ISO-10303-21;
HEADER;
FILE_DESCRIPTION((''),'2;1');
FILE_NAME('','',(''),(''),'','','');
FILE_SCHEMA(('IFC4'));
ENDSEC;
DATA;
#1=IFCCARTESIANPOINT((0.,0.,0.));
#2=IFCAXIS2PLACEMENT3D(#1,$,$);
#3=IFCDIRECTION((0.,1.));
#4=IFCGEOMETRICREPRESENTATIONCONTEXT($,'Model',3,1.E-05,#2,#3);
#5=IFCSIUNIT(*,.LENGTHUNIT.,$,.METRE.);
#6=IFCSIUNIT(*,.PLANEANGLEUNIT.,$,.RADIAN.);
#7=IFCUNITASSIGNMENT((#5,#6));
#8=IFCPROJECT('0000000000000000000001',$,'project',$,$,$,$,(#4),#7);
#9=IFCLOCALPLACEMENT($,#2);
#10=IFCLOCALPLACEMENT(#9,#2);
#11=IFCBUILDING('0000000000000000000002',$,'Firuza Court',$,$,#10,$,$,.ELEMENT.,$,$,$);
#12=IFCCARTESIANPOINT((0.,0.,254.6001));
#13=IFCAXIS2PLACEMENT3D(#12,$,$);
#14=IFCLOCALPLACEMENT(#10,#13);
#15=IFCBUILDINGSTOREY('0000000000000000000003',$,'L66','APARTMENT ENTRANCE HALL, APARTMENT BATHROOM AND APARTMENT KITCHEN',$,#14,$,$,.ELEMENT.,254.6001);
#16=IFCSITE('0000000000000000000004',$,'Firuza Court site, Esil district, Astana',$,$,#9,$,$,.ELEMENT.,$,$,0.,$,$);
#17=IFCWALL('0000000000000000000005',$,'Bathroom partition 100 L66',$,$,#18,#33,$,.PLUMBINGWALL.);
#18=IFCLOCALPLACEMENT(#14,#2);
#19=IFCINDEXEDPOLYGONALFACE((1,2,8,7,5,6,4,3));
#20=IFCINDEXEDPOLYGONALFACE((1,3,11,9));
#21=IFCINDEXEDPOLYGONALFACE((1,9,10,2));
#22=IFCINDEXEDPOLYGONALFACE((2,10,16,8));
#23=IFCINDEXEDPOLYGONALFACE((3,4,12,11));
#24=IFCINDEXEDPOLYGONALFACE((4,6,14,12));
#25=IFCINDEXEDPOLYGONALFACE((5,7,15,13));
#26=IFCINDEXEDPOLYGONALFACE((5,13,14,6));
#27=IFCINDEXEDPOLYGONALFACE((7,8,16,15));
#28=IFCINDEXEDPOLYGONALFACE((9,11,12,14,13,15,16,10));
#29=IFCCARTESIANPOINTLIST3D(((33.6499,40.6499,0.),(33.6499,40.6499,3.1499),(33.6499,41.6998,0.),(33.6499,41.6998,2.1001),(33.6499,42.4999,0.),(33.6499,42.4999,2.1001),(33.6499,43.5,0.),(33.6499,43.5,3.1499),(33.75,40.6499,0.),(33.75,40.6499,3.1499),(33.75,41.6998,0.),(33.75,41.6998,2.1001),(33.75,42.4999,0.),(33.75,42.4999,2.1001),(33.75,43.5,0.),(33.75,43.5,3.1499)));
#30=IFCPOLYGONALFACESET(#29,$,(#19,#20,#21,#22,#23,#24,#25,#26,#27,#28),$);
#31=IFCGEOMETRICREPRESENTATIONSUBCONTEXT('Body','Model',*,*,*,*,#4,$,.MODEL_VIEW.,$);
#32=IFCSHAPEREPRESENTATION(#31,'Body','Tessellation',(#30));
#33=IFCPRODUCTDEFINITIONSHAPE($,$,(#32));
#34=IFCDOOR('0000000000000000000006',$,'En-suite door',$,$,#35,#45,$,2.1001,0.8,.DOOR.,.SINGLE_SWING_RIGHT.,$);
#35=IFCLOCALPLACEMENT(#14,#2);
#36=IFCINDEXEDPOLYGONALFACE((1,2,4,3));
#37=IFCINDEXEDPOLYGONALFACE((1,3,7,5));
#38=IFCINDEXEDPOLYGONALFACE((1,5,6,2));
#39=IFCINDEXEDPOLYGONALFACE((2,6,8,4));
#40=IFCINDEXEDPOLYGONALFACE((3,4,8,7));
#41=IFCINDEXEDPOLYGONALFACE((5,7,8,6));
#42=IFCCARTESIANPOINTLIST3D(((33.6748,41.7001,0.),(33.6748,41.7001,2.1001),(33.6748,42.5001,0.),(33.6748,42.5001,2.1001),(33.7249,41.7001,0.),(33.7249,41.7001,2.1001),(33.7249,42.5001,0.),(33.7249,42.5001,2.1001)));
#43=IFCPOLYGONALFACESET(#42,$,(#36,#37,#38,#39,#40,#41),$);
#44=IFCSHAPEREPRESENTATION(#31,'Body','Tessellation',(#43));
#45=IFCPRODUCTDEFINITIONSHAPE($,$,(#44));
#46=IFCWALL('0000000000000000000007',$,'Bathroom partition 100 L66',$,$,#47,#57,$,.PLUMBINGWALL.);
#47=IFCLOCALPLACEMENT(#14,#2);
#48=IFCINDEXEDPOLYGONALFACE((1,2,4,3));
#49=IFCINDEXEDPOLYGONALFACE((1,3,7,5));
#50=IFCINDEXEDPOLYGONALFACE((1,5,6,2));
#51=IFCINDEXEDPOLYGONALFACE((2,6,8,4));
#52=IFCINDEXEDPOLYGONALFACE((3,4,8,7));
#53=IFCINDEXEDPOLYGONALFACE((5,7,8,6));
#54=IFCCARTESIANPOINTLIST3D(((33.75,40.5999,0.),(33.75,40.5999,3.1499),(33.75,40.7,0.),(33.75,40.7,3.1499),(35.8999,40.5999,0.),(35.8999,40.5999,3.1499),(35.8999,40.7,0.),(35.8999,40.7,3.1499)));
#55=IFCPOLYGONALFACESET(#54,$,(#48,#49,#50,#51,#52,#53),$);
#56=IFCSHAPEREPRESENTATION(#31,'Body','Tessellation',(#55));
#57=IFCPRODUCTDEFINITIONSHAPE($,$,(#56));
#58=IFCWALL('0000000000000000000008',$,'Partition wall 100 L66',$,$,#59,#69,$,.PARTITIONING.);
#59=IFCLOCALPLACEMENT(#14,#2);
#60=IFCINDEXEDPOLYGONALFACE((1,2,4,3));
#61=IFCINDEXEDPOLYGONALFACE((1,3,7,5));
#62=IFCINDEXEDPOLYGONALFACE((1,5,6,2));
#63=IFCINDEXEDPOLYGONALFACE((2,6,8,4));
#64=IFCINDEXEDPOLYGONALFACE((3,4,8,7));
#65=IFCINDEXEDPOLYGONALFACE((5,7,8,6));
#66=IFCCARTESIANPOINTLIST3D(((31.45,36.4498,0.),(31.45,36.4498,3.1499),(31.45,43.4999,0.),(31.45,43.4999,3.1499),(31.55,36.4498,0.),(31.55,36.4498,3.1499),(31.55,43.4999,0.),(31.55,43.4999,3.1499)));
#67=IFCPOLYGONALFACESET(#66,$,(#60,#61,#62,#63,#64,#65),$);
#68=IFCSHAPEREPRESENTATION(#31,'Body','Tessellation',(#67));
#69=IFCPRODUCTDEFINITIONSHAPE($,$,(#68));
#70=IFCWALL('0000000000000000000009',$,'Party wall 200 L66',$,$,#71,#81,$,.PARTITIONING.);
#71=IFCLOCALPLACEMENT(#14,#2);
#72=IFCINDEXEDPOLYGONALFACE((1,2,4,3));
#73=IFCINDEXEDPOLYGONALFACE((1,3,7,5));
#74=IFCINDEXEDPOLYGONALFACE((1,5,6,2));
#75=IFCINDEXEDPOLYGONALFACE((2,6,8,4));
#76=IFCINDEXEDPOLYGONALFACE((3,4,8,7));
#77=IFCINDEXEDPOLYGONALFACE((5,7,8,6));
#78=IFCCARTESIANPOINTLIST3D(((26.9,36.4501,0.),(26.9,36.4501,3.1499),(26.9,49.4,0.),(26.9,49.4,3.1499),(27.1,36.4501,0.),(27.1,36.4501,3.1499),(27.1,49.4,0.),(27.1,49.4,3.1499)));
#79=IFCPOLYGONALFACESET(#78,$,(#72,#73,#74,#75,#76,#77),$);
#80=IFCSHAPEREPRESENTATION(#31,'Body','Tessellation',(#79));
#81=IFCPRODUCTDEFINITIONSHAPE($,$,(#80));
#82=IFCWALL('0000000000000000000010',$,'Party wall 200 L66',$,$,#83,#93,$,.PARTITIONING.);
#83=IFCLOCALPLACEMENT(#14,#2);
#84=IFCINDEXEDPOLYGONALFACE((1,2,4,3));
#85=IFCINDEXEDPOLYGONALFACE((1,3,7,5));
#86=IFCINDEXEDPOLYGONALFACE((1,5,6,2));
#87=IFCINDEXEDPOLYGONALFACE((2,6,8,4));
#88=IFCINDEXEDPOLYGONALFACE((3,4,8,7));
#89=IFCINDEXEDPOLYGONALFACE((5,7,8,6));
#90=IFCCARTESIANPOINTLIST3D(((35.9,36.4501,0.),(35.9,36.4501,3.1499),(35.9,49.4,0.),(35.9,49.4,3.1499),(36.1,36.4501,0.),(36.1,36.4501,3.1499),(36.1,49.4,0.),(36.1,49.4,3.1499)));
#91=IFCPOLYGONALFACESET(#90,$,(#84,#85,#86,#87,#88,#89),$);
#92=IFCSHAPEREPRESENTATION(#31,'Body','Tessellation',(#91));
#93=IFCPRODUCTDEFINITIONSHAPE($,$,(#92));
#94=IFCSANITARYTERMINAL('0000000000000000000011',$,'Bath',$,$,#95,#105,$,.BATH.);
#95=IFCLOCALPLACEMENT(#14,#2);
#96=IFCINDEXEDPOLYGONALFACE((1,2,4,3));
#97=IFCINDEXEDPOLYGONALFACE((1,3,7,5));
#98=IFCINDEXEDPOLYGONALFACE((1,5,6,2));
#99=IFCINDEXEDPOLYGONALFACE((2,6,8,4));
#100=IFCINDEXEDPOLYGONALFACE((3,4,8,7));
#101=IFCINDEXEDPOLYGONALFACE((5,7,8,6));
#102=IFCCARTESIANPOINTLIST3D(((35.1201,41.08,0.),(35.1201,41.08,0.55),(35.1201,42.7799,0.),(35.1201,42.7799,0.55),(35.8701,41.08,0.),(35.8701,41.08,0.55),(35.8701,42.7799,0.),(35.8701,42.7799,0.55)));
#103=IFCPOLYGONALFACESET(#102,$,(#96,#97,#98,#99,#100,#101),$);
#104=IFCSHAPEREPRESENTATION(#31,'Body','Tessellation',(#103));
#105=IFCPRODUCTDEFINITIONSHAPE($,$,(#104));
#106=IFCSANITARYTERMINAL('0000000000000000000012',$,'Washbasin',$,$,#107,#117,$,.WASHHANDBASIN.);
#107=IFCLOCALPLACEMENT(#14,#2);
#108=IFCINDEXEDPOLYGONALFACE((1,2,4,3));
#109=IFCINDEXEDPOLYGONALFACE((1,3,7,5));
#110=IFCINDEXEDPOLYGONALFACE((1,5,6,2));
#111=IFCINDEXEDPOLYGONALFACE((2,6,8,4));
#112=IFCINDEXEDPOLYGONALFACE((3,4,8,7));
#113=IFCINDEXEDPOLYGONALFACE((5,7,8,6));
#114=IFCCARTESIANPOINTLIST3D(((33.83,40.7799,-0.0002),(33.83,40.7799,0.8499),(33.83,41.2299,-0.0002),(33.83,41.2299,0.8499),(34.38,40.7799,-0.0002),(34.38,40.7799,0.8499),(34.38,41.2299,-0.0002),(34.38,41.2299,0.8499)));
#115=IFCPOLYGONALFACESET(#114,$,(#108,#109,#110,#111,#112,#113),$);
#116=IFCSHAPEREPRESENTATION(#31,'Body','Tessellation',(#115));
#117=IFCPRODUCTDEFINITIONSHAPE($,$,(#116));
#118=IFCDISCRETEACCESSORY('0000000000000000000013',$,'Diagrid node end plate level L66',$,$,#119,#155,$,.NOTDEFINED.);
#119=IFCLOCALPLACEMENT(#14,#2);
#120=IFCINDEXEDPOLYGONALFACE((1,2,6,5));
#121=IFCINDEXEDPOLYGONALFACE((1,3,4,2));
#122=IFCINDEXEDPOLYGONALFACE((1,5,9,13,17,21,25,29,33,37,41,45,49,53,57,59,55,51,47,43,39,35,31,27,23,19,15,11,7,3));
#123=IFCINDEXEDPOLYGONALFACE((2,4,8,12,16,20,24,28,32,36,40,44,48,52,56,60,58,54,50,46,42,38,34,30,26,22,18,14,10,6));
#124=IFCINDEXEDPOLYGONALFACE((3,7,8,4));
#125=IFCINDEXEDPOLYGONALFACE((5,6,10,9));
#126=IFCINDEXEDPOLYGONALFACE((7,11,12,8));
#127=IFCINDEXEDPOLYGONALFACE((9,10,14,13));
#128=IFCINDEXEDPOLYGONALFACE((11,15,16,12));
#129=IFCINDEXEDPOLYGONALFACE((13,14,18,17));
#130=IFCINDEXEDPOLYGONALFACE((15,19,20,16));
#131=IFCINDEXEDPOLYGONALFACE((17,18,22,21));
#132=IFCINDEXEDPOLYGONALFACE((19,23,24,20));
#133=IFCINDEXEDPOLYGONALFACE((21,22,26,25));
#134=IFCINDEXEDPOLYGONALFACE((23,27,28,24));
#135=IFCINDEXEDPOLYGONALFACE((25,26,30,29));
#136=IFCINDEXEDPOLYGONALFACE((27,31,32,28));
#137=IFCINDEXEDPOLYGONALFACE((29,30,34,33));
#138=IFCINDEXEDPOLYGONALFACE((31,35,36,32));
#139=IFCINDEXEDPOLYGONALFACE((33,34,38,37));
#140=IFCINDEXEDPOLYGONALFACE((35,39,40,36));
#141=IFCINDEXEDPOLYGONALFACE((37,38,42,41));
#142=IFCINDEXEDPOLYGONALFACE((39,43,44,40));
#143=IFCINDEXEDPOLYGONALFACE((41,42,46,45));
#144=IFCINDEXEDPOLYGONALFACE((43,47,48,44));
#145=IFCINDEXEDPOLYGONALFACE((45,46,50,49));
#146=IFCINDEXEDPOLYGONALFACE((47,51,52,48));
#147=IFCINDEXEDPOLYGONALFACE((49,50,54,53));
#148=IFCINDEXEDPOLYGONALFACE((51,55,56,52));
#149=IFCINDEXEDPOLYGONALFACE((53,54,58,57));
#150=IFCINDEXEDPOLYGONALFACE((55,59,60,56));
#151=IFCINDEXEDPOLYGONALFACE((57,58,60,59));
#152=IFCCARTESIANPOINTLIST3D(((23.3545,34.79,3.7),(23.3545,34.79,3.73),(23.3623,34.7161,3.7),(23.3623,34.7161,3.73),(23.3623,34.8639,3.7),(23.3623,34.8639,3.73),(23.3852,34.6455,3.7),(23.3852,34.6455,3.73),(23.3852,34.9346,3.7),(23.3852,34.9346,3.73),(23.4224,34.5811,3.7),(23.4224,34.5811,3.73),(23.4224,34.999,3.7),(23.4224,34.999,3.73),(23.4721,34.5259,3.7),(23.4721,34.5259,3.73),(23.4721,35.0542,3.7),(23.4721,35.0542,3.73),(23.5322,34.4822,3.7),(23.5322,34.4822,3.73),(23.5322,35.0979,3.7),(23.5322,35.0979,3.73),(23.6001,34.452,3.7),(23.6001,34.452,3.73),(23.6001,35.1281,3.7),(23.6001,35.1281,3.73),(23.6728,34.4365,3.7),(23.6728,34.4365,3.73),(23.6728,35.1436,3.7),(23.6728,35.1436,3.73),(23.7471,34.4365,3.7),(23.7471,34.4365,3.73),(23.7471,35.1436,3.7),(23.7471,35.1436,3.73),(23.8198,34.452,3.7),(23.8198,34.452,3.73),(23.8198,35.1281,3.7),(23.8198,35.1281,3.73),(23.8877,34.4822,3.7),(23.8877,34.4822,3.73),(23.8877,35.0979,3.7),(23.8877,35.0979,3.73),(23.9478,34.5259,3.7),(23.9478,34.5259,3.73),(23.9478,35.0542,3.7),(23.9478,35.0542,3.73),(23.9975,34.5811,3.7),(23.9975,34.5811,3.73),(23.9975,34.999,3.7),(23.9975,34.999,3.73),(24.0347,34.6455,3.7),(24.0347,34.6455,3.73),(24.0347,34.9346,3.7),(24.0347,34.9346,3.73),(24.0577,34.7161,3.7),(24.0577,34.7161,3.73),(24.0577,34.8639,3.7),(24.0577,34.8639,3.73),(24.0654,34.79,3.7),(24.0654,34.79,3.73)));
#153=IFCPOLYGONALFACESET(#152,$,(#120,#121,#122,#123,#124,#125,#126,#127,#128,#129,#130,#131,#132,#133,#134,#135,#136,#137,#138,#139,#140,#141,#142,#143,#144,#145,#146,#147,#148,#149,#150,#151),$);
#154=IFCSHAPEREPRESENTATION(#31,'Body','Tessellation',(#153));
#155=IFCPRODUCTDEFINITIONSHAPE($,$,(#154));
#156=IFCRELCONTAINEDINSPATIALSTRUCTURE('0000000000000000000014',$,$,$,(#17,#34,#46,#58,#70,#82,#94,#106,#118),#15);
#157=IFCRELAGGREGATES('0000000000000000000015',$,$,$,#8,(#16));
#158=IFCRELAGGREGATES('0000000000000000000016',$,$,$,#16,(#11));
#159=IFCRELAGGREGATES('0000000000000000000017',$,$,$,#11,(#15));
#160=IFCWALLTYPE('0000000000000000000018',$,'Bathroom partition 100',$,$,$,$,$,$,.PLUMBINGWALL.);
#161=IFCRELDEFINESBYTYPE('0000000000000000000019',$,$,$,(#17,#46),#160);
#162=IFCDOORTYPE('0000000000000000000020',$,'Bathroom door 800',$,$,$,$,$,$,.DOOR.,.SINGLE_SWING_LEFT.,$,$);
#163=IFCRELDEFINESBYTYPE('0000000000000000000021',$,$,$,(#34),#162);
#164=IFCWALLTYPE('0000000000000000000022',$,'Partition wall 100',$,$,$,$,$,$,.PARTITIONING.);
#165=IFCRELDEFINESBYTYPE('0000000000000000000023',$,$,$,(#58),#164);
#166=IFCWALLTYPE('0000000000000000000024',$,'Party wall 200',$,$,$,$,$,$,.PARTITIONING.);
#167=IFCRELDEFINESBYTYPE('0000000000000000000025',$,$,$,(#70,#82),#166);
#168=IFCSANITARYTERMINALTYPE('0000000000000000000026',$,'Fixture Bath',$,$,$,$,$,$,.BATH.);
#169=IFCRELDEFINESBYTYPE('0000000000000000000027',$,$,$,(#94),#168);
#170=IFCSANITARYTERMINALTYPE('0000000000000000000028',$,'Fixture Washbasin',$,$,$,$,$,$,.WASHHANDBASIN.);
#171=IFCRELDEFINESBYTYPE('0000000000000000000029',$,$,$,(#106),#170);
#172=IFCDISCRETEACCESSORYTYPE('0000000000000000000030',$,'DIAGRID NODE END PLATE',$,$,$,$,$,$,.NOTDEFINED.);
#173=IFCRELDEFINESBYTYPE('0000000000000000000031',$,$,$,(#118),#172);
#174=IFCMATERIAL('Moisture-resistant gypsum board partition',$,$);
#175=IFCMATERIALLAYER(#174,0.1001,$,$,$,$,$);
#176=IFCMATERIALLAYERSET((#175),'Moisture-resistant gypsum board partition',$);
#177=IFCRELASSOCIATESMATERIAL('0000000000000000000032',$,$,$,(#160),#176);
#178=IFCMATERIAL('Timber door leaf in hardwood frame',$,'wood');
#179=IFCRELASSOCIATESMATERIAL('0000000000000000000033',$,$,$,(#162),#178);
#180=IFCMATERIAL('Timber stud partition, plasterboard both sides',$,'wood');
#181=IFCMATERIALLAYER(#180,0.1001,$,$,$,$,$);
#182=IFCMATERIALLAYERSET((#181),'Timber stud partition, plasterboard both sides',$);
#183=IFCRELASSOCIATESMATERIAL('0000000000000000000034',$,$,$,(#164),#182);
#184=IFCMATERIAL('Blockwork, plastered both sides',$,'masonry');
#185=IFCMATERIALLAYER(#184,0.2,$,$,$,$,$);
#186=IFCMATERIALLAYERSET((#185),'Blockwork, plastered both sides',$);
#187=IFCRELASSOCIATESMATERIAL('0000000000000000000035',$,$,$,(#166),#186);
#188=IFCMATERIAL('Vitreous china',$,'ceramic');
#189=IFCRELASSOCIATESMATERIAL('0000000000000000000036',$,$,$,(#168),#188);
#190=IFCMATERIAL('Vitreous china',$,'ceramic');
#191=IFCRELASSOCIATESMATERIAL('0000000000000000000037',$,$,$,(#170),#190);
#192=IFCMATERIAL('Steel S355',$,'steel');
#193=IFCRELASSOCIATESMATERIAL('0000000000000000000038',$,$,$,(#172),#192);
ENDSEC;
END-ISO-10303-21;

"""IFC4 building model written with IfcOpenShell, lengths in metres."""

from ifc_helpers import new_model, si_unit, direction, frame, frame_2d, origin, origin_2d, place, context, subcontext, project, spatial, rectangle, circle, extrude, material, layer, layer_set, material_profile, profile_set, type_object, element, fill, save


model = new_model("IFC4")

# Units and contexts
model_context = context("Model", 3, precision=1e-05, world=origin(), true_north=direction((0.0, 1.0)))
body_context = subcontext(model_context, "Body", "Model", "MODEL_VIEW")
ifc_project = project(units=[si_unit("LENGTHUNIT", "METRE"), si_unit("PLANEANGLEUNIT", "RADIAN")], contexts=[model_context])

# Site, building, storey
site_placement = place(None, origin())
site = spatial("IfcSite", under=ifc_project, at=site_placement, Name="Firuza Court site, Esil district, Astana", CompositionType="ELEMENT", RefElevation=0.0)
building_placement = place(site_placement, origin())
building = spatial("IfcBuilding", under=site, at=building_placement, Name="Firuza Court", CompositionType="ELEMENT")
storey_placement = place(building_placement, frame((0.0, 0.0, 254.6001)))
storey = spatial("IfcBuildingStorey", under=building, at=storey_placement, Name="L66", Description="APARTMENT ENTRANCE HALL, APARTMENT BATHROOM AND APARTMENT KITCHEN", CompositionType="ELEMENT", Elevation=254.6001)

# Wall, opening, door
ifc_material_1 = material(Name="Moisture-resistant gypsum board partition")
ifc_layer_1 = layer(ifc_material_1, 0.1001)
ifc_layer_set_1 = layer_set([ifc_layer_1], Name="Moisture-resistant gypsum board partition")
wall_type_1 = type_object("IfcWallType", Name="Bathroom partition 100", PredefinedType="PLUMBINGWALL", material=ifc_layer_set_1)
wall_1_placement = place(storey_placement, frame((33.7, 40.6499, 0.0), z_axis=(0.0, 0.0, 1.0), x_axis=(0.0, 1.0, 0.0)))
wall_1 = element("IfcWall", 1, at=wall_1_placement, inside=storey, type_object=wall_type_1, Name="Bathroom partition 100 L66", PredefinedType="PLUMBINGWALL", context=body_context, shape_type="SweptSolid", body=[
    extrude(rectangle(XDim=2.8501, YDim=0.1001, at=frame_2d((1.425, 0.0))), origin(), (0.0, 0.0, 1.0), 3.1499),
])
opening_placement = place(wall_1_placement, frame((1.05, 0.0, 0.0)))
opening = element("IfcOpeningElement", 2, at=opening_placement, cuts=wall_1, PredefinedType="OPENING", context=body_context, shape_type="SweptSolid", body=[
    extrude(rectangle(XDim=0.8, YDim=2.1001, at=frame_2d((0.3999, 1.05))), frame((0.0, 0.062, 0.0), z_axis=(0.0, -1.0, 0.0), x_axis=(1.0, 0.0, 0.0)), (0.0, 0.0, 1.0), 0.124),
])
ifc_material_2 = material(Name="Timber door leaf in hardwood frame", Category="wood")
door_type = type_object("IfcDoorType", Name="Bathroom door 800", OperationType="SINGLE_SWING_LEFT", PredefinedType="DOOR", material=ifc_material_2)
door_placement = place(opening_placement, frame((0.8, 0.0, 0.0), z_axis=(0.0, 0.0, 1.0), x_axis=(-1.0, 0.0, 0.0)))
door = element("IfcDoor", 3, at=door_placement, inside=storey, type_object=door_type, Name="En-suite door", OperationType="SINGLE_SWING_RIGHT", OverallHeight=2.1001, OverallWidth=0.8, PredefinedType="DOOR", context=body_context, shape_type="SweptSolid", body=[
    extrude(rectangle(XDim=0.8, YDim=2.1001, at=frame_2d((0.3999, 1.05))), frame((0.0, 0.0249, 0.0), z_axis=(0.0, -1.0, 0.0), x_axis=(1.0, 0.0, 0.0)), (0.0, 0.0, 1.0), 0.05),
])
fill(opening, door)

# Walls
wall_2_placement = place(storey_placement, frame((33.75, 40.6499, 0.0), z_axis=(0.0, 0.0, 1.0), x_axis=(1.0, 0.0, 0.0)))
element("IfcWall", 4, at=wall_2_placement, inside=storey, type_object=wall_type_1, Name="Bathroom partition 100 L66", PredefinedType="PLUMBINGWALL", context=body_context, shape_type="SweptSolid", body=[
    extrude(rectangle(XDim=2.1499, YDim=0.1001, at=frame_2d((1.075, 0.0))), origin(), (0.0, 0.0, 1.0), 3.1499),
])
ifc_material_3 = material(Name="Timber stud partition, plasterboard both sides", Category="wood")
ifc_layer_2 = layer(ifc_material_3, 0.1001)
ifc_layer_set_2 = layer_set([ifc_layer_2], Name="Timber stud partition, plasterboard both sides")
wall_type_2 = type_object("IfcWallType", Name="Partition wall 100", PredefinedType="PARTITIONING", material=ifc_layer_set_2)
wall_3_placement = place(storey_placement, frame((31.5, 36.45, 0.0), z_axis=(0.0, 0.0, 1.0), x_axis=(0.0, 1.0, 0.0)))
element("IfcWall", 5, at=wall_3_placement, inside=storey, type_object=wall_type_2, Name="Partition wall 100 L66", PredefinedType="PARTITIONING", context=body_context, shape_type="SweptSolid", body=[
    extrude(rectangle(XDim=7.05, YDim=0.1001, at=frame_2d((3.5249, 0.0))), origin(), (0.0, 0.0, 1.0), 3.1499),
])
ifc_material_4 = material(Name="Blockwork, plastered both sides", Category="masonry")
ifc_layer_3 = layer(ifc_material_4, 0.2)
ifc_layer_set_3 = layer_set([ifc_layer_3], Name="Blockwork, plastered both sides")
wall_type_3 = type_object("IfcWallType", Name="Party wall 200", PredefinedType="PARTITIONING", material=ifc_layer_set_3)
for number, where, z_axis, x_axis, name in (
    (6, (27.0, 36.45, 0.0), (0.0, 0.0, 1.0), (0.0, 1.0, 0.0), "Party wall 200 L66"),
    (7, (36.0, 36.45, 0.0), (0.0, 0.0, 1.0), (0.0, 1.0, 0.0), "Party wall 200 L66"),
):
    element("IfcWall", number, at=place(storey_placement, frame(where, z_axis=z_axis, x_axis=x_axis)), inside=storey, type_object=wall_type_3, Name=name, PredefinedType="PARTITIONING", context=body_context, shape_type="SweptSolid", body=[
        extrude(rectangle(XDim=12.95, YDim=0.2, at=frame_2d((6.4751, 0.0))), origin(), (0.0, 0.0, 1.0), 3.1499),
    ])

# Sanitary terminals
ifc_material_5 = material(Name="Vitreous china", Category="ceramic")
sanitary_terminal_type_1 = type_object("IfcSanitaryTerminalType", Name="Fixture Bath", PredefinedType="BATH", material=ifc_material_5)
sanitary_terminal_1_placement = place(storey_placement, frame((35.4951, 41.9299, 0.0), z_axis=(0.0, 0.0, 1.0), x_axis=(1.0, 0.0, 0.0)))
element("IfcSanitaryTerminal", 8, at=sanitary_terminal_1_placement, inside=storey, type_object=sanitary_terminal_type_1, Name="Bath", PredefinedType="BATH", context=body_context, shape_type="SweptSolid", body=[
    extrude(rectangle(XDim=0.75, YDim=1.7, at=origin_2d()), origin(), (0.0, 0.0, 1.0), 0.55),
])
ifc_material_6 = material(Name="Vitreous china", Category="ceramic")
sanitary_terminal_type_2 = type_object("IfcSanitaryTerminalType", Name="Fixture Washbasin", PredefinedType="WASHHANDBASIN", material=ifc_material_6)
sanitary_terminal_2_placement = place(storey_placement, frame((34.105, 41.0049, -0.0002), z_axis=(0.0, 0.0, 1.0), x_axis=(1.0, 0.0, 0.0)))
element("IfcSanitaryTerminal", 9, at=sanitary_terminal_2_placement, inside=storey, type_object=sanitary_terminal_type_2, Name="Washbasin", PredefinedType="WASHHANDBASIN", context=body_context, shape_type="SweptSolid", body=[
    extrude(rectangle(XDim=0.55, YDim=0.45, at=origin_2d()), origin(), (0.0, 0.0, 1.0), 0.8501),
])

# Discrete accessory
ifc_material_7 = material(Name="Steel S355", Category="steel")
ifc_material_profile_1 = material_profile(ifc_material_7, circle(Radius=0.3555, at=origin_2d()), Name="PL D711")
ifc_profile_set_1 = profile_set([ifc_material_profile_1], Name="Steel S355")
discrete_accessory_type = type_object("IfcDiscreteAccessoryType", Name="DIAGRID NODE END PLATE", PredefinedType="NOTDEFINED", material=ifc_profile_set_1)
for number, where, z_axis, x_axis, name in (
    (10, (23.71, 34.79, 3.7), (0.0, 0.0, 1.0), (1.0, 0.0, 0.0), "Diagrid node end plate level L66"),
):
    element("IfcDiscreteAccessory", number, at=place(storey_placement, frame(where, z_axis=z_axis, x_axis=x_axis)), inside=storey, type_object=discrete_accessory_type, Name=name, PredefinedType="NOTDEFINED", context=body_context, shape_type="SweptSolid", body=[
        extrude(circle(Radius=0.3555, at=origin_2d()), origin(), (0.0, 0.0, 1.0), 0.03),
    ])

save(model, "model.ifc")
